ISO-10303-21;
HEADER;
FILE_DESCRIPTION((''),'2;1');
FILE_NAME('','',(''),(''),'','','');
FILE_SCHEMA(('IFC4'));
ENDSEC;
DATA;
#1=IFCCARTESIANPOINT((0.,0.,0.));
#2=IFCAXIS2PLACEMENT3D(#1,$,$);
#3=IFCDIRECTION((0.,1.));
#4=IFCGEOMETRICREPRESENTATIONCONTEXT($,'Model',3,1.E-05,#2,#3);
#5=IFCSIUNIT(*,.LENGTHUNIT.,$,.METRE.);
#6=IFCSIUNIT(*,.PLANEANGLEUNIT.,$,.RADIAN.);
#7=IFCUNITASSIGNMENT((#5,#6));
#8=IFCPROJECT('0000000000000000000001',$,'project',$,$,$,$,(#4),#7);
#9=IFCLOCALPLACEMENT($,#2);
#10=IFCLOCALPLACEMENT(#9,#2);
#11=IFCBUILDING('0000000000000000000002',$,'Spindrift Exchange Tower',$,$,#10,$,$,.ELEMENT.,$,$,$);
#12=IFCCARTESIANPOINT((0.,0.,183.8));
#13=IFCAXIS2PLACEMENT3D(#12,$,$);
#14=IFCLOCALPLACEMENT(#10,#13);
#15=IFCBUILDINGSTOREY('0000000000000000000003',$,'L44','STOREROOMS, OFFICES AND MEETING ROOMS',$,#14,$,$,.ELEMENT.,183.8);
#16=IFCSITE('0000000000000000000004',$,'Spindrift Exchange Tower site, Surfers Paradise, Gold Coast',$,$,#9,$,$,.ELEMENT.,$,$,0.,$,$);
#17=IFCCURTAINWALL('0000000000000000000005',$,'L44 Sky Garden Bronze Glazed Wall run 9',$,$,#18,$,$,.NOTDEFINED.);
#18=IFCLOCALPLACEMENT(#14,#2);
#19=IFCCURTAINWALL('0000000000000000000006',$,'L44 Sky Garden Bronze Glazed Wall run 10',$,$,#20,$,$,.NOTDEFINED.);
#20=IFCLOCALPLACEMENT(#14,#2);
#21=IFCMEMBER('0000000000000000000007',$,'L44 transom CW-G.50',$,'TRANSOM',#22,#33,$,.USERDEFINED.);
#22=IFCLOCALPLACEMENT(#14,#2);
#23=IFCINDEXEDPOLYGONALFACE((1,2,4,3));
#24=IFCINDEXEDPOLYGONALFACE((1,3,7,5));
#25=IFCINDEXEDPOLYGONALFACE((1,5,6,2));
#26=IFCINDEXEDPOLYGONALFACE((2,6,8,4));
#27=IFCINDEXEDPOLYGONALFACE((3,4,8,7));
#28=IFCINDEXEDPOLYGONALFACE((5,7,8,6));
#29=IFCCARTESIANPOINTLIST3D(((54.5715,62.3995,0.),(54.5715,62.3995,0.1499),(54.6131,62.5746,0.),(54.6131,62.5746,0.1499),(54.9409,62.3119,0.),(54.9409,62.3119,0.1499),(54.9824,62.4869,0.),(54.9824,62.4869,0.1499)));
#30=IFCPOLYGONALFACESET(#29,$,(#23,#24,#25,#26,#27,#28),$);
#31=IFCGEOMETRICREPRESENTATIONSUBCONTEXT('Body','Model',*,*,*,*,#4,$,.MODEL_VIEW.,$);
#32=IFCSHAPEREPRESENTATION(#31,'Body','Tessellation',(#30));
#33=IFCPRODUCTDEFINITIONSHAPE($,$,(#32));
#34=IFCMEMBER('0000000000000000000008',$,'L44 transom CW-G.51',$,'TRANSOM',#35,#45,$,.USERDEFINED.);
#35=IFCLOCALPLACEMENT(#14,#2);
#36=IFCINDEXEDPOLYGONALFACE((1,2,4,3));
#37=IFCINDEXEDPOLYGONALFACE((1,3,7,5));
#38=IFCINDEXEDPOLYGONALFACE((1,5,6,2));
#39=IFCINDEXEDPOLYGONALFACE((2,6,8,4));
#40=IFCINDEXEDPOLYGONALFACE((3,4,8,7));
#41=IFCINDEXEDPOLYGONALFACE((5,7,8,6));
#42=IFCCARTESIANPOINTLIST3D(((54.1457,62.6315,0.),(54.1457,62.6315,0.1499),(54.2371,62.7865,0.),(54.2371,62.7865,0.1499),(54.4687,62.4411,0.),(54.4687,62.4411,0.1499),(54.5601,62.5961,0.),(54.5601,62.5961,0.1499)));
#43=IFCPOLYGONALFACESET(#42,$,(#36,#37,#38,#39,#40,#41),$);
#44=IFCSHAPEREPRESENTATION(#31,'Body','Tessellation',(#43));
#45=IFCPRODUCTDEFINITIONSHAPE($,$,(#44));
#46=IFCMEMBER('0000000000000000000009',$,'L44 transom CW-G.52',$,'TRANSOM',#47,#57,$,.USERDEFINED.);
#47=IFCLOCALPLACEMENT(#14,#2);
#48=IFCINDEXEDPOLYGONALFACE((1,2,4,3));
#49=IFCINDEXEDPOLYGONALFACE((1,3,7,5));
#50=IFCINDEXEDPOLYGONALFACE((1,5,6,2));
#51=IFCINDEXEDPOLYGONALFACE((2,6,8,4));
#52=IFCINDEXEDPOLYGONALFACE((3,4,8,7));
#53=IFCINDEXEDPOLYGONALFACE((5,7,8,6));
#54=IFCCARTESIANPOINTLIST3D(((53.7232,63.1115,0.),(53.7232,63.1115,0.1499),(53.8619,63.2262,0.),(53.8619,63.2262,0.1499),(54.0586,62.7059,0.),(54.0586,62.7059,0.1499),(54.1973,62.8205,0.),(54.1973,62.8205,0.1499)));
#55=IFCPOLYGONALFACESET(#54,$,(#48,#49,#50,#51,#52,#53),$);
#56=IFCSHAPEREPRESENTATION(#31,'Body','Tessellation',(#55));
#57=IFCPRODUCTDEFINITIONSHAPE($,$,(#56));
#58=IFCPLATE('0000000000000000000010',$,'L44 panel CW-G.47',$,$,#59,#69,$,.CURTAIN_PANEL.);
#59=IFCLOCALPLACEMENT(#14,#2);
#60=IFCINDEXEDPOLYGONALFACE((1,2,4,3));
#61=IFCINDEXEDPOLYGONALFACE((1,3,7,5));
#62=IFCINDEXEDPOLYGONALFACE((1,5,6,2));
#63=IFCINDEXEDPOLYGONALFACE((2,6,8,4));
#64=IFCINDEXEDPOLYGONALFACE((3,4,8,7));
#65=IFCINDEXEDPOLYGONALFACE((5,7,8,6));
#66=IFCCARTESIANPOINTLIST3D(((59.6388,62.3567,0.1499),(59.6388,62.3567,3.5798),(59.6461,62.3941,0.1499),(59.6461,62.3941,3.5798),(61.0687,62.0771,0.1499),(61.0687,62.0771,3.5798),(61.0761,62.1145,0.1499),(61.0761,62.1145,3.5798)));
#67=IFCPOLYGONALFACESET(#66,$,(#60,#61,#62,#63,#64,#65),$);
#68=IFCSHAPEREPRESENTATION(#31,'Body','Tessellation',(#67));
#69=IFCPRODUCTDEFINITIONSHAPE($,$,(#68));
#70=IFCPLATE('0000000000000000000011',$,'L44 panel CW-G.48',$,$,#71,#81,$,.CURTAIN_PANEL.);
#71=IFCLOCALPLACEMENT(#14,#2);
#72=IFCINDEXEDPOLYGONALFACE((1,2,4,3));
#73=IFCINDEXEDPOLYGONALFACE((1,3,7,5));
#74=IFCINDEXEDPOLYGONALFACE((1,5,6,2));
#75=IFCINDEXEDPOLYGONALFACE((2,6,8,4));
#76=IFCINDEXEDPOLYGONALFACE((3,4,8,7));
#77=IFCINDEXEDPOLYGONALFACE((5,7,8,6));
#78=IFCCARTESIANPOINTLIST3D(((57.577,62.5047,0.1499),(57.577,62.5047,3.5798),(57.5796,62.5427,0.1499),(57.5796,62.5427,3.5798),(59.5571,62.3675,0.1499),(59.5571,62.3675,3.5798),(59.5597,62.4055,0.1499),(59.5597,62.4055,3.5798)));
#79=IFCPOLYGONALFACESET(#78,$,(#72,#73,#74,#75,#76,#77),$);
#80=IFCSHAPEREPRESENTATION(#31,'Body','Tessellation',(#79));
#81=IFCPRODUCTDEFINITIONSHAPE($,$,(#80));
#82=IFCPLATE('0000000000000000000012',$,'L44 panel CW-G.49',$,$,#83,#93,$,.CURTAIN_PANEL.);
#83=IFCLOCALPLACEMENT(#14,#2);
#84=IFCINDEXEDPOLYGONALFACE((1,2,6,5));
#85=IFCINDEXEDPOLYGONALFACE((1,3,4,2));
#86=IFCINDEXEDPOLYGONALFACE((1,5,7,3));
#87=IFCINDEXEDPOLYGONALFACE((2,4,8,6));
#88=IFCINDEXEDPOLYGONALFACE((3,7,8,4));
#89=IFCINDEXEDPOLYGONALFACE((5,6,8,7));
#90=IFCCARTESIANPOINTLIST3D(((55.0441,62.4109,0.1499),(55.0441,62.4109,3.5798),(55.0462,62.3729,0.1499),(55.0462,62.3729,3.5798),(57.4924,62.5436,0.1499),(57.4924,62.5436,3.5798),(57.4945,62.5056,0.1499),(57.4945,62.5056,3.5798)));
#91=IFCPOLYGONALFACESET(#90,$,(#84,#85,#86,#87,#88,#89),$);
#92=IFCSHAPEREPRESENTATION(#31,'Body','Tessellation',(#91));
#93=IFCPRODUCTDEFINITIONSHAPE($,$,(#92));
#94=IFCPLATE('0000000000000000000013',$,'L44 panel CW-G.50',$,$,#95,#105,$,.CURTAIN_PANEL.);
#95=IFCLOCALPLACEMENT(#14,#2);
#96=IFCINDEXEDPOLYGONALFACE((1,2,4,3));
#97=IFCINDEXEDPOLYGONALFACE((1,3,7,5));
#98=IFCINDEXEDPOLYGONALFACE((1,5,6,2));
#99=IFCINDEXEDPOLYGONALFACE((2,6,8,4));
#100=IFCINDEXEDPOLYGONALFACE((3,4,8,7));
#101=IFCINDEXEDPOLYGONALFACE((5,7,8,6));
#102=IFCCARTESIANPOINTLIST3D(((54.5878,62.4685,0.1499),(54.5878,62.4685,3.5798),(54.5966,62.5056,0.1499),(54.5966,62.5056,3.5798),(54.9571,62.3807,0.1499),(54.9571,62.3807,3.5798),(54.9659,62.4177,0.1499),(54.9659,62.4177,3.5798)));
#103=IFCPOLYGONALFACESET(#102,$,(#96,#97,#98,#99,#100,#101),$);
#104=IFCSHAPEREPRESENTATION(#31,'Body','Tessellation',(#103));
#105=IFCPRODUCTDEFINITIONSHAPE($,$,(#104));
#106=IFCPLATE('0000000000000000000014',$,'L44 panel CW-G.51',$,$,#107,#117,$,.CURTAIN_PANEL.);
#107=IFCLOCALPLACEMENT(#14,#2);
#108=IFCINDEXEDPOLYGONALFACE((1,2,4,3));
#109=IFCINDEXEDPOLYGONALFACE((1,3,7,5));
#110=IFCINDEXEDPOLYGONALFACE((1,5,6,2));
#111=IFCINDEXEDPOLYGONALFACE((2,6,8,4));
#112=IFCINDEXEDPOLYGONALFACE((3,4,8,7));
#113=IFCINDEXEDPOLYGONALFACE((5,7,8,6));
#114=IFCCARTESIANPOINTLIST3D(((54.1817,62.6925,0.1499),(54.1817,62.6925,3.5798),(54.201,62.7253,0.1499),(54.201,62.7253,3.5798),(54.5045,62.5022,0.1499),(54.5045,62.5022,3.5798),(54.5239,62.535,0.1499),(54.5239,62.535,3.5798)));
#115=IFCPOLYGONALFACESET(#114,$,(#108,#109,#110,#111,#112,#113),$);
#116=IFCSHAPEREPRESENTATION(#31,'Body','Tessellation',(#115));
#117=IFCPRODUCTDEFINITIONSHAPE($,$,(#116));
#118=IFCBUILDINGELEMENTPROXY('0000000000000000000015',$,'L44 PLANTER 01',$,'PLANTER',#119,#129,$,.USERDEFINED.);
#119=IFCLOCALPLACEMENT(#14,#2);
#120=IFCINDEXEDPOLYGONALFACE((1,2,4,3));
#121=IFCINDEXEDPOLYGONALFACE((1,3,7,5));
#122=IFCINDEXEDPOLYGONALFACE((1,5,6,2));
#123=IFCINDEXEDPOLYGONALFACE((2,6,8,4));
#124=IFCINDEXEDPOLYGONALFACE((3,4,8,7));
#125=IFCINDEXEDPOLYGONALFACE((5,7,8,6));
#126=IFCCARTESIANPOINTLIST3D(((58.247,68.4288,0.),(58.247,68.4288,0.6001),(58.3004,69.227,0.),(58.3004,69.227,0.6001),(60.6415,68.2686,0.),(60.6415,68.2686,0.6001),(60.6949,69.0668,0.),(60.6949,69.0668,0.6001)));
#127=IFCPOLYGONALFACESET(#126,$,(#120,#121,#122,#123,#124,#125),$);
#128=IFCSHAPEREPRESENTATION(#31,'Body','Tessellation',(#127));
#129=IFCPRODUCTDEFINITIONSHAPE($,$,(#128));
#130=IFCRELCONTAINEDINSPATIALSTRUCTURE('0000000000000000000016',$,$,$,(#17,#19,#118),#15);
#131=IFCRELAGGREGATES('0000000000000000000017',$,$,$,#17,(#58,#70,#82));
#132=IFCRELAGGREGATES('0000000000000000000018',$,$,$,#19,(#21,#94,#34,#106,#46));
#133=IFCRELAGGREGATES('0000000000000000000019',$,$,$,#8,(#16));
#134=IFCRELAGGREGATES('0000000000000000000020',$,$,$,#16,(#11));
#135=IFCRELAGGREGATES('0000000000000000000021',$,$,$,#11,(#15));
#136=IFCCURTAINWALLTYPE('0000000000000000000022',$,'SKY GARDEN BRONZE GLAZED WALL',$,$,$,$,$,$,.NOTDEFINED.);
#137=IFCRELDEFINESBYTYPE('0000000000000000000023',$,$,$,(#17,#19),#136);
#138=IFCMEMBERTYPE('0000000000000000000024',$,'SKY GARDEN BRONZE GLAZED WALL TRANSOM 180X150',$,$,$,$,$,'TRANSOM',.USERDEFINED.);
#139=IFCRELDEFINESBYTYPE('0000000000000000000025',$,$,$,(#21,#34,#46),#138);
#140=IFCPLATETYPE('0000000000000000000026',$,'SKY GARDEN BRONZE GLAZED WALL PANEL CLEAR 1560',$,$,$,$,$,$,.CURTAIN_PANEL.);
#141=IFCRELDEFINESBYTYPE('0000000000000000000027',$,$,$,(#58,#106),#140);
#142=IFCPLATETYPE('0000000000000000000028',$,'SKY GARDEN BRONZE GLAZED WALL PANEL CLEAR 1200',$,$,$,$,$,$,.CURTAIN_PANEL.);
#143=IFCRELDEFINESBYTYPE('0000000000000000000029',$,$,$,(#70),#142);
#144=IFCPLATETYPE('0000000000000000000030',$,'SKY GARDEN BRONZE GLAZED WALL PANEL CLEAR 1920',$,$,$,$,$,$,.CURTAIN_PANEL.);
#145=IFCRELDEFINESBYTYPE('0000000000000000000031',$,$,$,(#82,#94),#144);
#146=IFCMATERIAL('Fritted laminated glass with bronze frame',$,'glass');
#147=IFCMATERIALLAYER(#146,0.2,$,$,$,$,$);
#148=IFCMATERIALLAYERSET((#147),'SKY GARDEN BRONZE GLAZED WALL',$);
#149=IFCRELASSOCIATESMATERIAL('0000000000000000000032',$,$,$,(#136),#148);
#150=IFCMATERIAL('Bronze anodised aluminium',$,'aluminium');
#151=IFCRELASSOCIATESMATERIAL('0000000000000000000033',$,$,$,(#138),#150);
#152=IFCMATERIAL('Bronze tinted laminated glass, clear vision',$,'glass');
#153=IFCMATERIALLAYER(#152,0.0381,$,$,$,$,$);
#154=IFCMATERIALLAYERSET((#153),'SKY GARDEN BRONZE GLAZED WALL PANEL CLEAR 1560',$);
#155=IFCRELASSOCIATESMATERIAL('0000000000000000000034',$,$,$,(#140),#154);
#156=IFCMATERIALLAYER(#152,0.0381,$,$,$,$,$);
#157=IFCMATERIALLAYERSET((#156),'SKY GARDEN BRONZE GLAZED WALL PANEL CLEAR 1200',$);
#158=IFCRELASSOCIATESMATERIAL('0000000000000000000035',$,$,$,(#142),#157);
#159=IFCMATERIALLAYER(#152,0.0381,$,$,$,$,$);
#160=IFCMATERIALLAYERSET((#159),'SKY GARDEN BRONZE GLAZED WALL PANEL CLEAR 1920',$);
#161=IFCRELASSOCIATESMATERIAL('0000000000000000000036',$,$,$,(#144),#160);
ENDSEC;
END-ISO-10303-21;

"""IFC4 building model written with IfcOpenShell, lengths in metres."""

from ifc_helpers import new_model, si_unit, direction, frame, origin, origin_2d, place, context, subcontext, project, spatial, rectangle, extrude, source, transform, mapped, material, layer, layer_set, material_profile, profile_set, type_object, element, aggregate, save


model = new_model("IFC4")

# Units and contexts
model_context = context("Model", 3, precision=1e-05, world=origin(), true_north=direction((0.0, 1.0)))
body_context = subcontext(model_context, "Body", "Model", "MODEL_VIEW")
ifc_project = project(units=[si_unit("LENGTHUNIT", "METRE"), si_unit("PLANEANGLEUNIT", "RADIAN")], contexts=[model_context])

# Site, building, storey
site_placement = place(None, origin())
site = spatial("IfcSite", under=ifc_project, at=site_placement, Name="Spindrift Exchange Tower site, Surfers Paradise, Gold Coast", CompositionType="ELEMENT", RefElevation=0.0)
building_placement = place(site_placement, origin())
building = spatial("IfcBuilding", under=site, at=building_placement, Name="Spindrift Exchange Tower", CompositionType="ELEMENT")
storey_placement = place(building_placement, frame((0.0, 0.0, 183.8)))
storey = spatial("IfcBuildingStorey", under=building, at=storey_placement, Name="L44", Description="STOREROOMS, OFFICES AND MEETING ROOMS", CompositionType="ELEMENT", Elevation=183.8)

# Curtain walls
ifc_material_1 = material(Name="Fritted laminated glass with bronze frame", Category="glass")
ifc_layer_1 = layer(ifc_material_1, 0.2)
ifc_layer_set_1 = layer_set([ifc_layer_1], Name="SKY GARDEN BRONZE GLAZED WALL")
curtain_wall_type = type_object("IfcCurtainWallType", Name="SKY GARDEN BRONZE GLAZED WALL", PredefinedType="NOTDEFINED", material=ifc_layer_set_1)
curtain_wall_1_placement = place(storey_placement, origin())
curtain_wall_1 = element("IfcCurtainWall", 1, at=curtain_wall_1_placement, inside=storey, type_object=curtain_wall_type, Name="L44 Sky Garden Bronze Glazed Wall run 9", PredefinedType="NOTDEFINED")
ifc_material_2 = material(Name="Bronze anodised aluminium", Category="aluminium")
curtain_wall_2_placement = place(storey_placement, origin())
curtain_wall_2 = element("IfcCurtainWall", 2, at=curtain_wall_2_placement, inside=storey, type_object=curtain_wall_type, Name="L44 Sky Garden Bronze Glazed Wall run 10", PredefinedType="NOTDEFINED")

# Members
ifc_material_profile_1 = material_profile(ifc_material_2, rectangle(XDim=0.1799, YDim=0.1499, at=origin_2d()), Name="SKY GARDEN BRONZE GLAZED WALL TRANSOM 180X150")
ifc_profile_set_1 = profile_set([ifc_material_profile_1], Name="Bronze anodised aluminium")
member_type_1 = type_object("IfcMemberType", Name="SKY GARDEN BRONZE GLAZED WALL TRANSOM 180X150", ElementType="TRANSOM", PredefinedType="USERDEFINED", material=ifc_profile_set_1)
shared_shape_1 = source(origin(), body_context, "Body", "SweptSolid", [
    extrude(rectangle(XDim=0.1799, YDim=0.1499, at=origin_2d()), origin(), (0.0, 0.0, 1.0), 0.3796),
])
member_1_placement = place(storey_placement, frame((54.9617, 62.3994, 0.075), z_axis=(-0.972985, 0.230867, 0.0), x_axis=(-0.230867, -0.972985, 0.0)))
member_1 = element("IfcMember", 3, at=member_1_placement, type_object=member_type_1, Name="L44 transom CW-G.50", ObjectType="TRANSOM", PredefinedType="USERDEFINED", context=body_context, shape_type="MappedRepresentation", body=[
    mapped(shared_shape_1, transform((0.0, 0.0, 0.0), scale=1.0)),
])
shared_shape_2 = source(origin(), body_context, "Body", "SweptSolid", [
    extrude(rectangle(XDim=0.1799, YDim=0.1499, at=origin_2d()), origin(), (0.0, 0.0, 1.0), 0.375),
])
member_2_placement = place(storey_placement, frame((54.5144, 62.5186, 0.075), z_axis=(-0.861432, 0.507874, 0.0), x_axis=(-0.507874, -0.861432, 0.0)))
member_2 = element("IfcMember", 4, at=member_2_placement, type_object=member_type_1, Name="L44 transom CW-G.51", ObjectType="TRANSOM", PredefinedType="USERDEFINED", context=body_context, shape_type="MappedRepresentation", body=[
    mapped(shared_shape_2, transform((0.0, 0.0, 0.0), scale=1.0)),
])
shared_shape_3 = source(origin(), body_context, "Body", "SweptSolid", [
    extrude(rectangle(XDim=0.1799, YDim=0.1499, at=origin_2d()), origin(), (0.0, 0.0, 1.0), 0.5264),
])
member_3_placement = place(storey_placement, frame((54.1279, 62.7632, 0.075), z_axis=(-0.637169, 0.770724, 0.0), x_axis=(-0.770724, -0.637169, 0.0)))
member_3 = element("IfcMember", 5, at=member_3_placement, type_object=member_type_1, Name="L44 transom CW-G.52", ObjectType="TRANSOM", PredefinedType="USERDEFINED", context=body_context, shape_type="MappedRepresentation", body=[
    mapped(shared_shape_3, transform((0.0, 0.0, 0.0), scale=1.0)),
])

# Plates
ifc_material_3 = material(Name="Bronze tinted laminated glass, clear vision", Category="glass")
ifc_layer_2 = layer(ifc_material_3, 0.0381)
ifc_layer_set_2 = layer_set([ifc_layer_2], Name="SKY GARDEN BRONZE GLAZED WALL PANEL CLEAR 1560")
plate_type_1 = type_object("IfcPlateType", Name="SKY GARDEN BRONZE GLAZED WALL PANEL CLEAR 1560", PredefinedType="CURTAIN_PANEL", material=ifc_layer_set_2)
shared_shape_4 = source(origin(), body_context, "Body", "SweptSolid", [
    extrude(rectangle(XDim=1.457, YDim=0.0381, at=origin_2d()), origin(), (0.0, 0.0, 1.0), 3.4299),
])
plate_1_placement = place(storey_placement, frame((60.3574, 62.2356, 0.1499), z_axis=(0.0, 0.0, 1.0), x_axis=(-0.981415, 0.191899, 0.0)))
plate_1 = element("IfcPlate", 6, at=plate_1_placement, type_object=plate_type_1, Name="L44 panel CW-G.47", PredefinedType="CURTAIN_PANEL", context=body_context, shape_type="MappedRepresentation", body=[
    mapped(shared_shape_4, transform((0.0, 0.0, 0.0), scale=1.0)),
])
ifc_layer_3 = layer(ifc_material_3, 0.0381)
ifc_layer_set_3 = layer_set([ifc_layer_3], Name="SKY GARDEN BRONZE GLAZED WALL PANEL CLEAR 1200")
plate_type_2 = type_object("IfcPlateType", Name="SKY GARDEN BRONZE GLAZED WALL PANEL CLEAR 1200", PredefinedType="CURTAIN_PANEL", material=ifc_layer_set_3)
shared_shape_5 = source(origin(), body_context, "Body", "SweptSolid", [
    extrude(rectangle(XDim=1.9849, YDim=0.0381, at=origin_2d()), origin(), (0.0, 0.0, 1.0), 3.4299),
])
plate_2_placement = place(storey_placement, frame((58.5684, 62.4551, 0.1499), z_axis=(0.0, 0.0, 1.0), x_axis=(-0.997607, 0.069138, 0.0)))
plate_2 = element("IfcPlate", 7, at=plate_2_placement, type_object=plate_type_2, Name="L44 panel CW-G.48", PredefinedType="CURTAIN_PANEL", context=body_context, shape_type="MappedRepresentation", body=[
    mapped(shared_shape_5, transform((0.0, 0.0, 0.0), scale=1.0)),
])
ifc_layer_4 = layer(ifc_material_3, 0.0381)
ifc_layer_set_4 = layer_set([ifc_layer_4], Name="SKY GARDEN BRONZE GLAZED WALL PANEL CLEAR 1920")
plate_type_3 = type_object("IfcPlateType", Name="SKY GARDEN BRONZE GLAZED WALL PANEL CLEAR 1920", PredefinedType="CURTAIN_PANEL", material=ifc_layer_set_4)
shared_shape_6 = source(origin(), body_context, "Body", "SweptSolid", [
    extrude(rectangle(XDim=2.4519, YDim=0.0381, at=origin_2d()), origin(), (0.0, 0.0, 1.0), 3.4299),
])
plate_3_placement = place(storey_placement, frame((56.2693, 62.4583, 0.1499), z_axis=(0.0, 0.0, 1.0), x_axis=(-0.998534, -0.054122, 0.0)))
plate_3 = element("IfcPlate", 8, at=plate_3_placement, type_object=plate_type_3, Name="L44 panel CW-G.49", PredefinedType="CURTAIN_PANEL", context=body_context, shape_type="MappedRepresentation", body=[
    mapped(shared_shape_6, transform((0.0, 0.0, 0.0), scale=1.0)),
])
aggregate(curtain_wall_1, [plate_1, plate_2, plate_3])
shared_shape_7 = source(origin(), body_context, "Body", "SweptSolid", [
    extrude(rectangle(XDim=0.3796, YDim=0.0381, at=origin_2d()), origin(), (0.0, 0.0, 1.0), 3.4299),
])
plate_4_placement = place(storey_placement, frame((54.7769, 62.4431, 0.1499), z_axis=(0.0, 0.0, 1.0), x_axis=(-0.972864, 0.231378, 0.0)))
plate_4 = element("IfcPlate", 9, at=plate_4_placement, type_object=plate_type_3, Name="L44 panel CW-G.50", PredefinedType="CURTAIN_PANEL", context=body_context, shape_type="MappedRepresentation", body=[
    mapped(shared_shape_7, transform((0.0, 0.0, 0.0), scale=1.0)),
])
shared_shape_8 = source(origin(), body_context, "Body", "SweptSolid", [
    extrude(rectangle(XDim=0.3748, YDim=0.0381, at=origin_2d()), origin(), (0.0, 0.0, 1.0), 3.4299),
])
plate_5_placement = place(storey_placement, frame((54.3528, 62.6138, 0.1499), z_axis=(0.0, 0.0, 1.0), x_axis=(-0.861402, 0.507923, 0.0)))
plate_5 = element("IfcPlate", 10, at=plate_5_placement, type_object=plate_type_1, Name="L44 panel CW-G.51", PredefinedType="CURTAIN_PANEL", context=body_context, shape_type="MappedRepresentation", body=[
    mapped(shared_shape_8, transform((0.0, 0.0, 0.0), scale=1.0)),
])
aggregate(curtain_wall_2, [member_1, plate_4, member_2, plate_5, member_3])

# Building element proxy
shared_shape_9 = source(origin(), body_context, "Body", "SweptSolid", [
    extrude(rectangle(XDim=2.3999, YDim=0.8, at=origin_2d()), origin(), (0.0, 0.0, 1.0), 0.6001),
])
proxy_placement = place(storey_placement, frame((59.4709, 68.7478, 0.0), z_axis=(0.0, 0.0, 1.0), x_axis=(0.99777, -0.066751, 0.0)))
element("IfcBuildingElementProxy", 11, at=proxy_placement, inside=storey, Name="L44 PLANTER 01", ObjectType="PLANTER", PredefinedType="USERDEFINED", context=body_context, shape_type="MappedRepresentation", body=[
    mapped(shared_shape_9, transform((0.0, 0.0, 0.0), scale=1.0)),
])

save(model, "model.ifc")
